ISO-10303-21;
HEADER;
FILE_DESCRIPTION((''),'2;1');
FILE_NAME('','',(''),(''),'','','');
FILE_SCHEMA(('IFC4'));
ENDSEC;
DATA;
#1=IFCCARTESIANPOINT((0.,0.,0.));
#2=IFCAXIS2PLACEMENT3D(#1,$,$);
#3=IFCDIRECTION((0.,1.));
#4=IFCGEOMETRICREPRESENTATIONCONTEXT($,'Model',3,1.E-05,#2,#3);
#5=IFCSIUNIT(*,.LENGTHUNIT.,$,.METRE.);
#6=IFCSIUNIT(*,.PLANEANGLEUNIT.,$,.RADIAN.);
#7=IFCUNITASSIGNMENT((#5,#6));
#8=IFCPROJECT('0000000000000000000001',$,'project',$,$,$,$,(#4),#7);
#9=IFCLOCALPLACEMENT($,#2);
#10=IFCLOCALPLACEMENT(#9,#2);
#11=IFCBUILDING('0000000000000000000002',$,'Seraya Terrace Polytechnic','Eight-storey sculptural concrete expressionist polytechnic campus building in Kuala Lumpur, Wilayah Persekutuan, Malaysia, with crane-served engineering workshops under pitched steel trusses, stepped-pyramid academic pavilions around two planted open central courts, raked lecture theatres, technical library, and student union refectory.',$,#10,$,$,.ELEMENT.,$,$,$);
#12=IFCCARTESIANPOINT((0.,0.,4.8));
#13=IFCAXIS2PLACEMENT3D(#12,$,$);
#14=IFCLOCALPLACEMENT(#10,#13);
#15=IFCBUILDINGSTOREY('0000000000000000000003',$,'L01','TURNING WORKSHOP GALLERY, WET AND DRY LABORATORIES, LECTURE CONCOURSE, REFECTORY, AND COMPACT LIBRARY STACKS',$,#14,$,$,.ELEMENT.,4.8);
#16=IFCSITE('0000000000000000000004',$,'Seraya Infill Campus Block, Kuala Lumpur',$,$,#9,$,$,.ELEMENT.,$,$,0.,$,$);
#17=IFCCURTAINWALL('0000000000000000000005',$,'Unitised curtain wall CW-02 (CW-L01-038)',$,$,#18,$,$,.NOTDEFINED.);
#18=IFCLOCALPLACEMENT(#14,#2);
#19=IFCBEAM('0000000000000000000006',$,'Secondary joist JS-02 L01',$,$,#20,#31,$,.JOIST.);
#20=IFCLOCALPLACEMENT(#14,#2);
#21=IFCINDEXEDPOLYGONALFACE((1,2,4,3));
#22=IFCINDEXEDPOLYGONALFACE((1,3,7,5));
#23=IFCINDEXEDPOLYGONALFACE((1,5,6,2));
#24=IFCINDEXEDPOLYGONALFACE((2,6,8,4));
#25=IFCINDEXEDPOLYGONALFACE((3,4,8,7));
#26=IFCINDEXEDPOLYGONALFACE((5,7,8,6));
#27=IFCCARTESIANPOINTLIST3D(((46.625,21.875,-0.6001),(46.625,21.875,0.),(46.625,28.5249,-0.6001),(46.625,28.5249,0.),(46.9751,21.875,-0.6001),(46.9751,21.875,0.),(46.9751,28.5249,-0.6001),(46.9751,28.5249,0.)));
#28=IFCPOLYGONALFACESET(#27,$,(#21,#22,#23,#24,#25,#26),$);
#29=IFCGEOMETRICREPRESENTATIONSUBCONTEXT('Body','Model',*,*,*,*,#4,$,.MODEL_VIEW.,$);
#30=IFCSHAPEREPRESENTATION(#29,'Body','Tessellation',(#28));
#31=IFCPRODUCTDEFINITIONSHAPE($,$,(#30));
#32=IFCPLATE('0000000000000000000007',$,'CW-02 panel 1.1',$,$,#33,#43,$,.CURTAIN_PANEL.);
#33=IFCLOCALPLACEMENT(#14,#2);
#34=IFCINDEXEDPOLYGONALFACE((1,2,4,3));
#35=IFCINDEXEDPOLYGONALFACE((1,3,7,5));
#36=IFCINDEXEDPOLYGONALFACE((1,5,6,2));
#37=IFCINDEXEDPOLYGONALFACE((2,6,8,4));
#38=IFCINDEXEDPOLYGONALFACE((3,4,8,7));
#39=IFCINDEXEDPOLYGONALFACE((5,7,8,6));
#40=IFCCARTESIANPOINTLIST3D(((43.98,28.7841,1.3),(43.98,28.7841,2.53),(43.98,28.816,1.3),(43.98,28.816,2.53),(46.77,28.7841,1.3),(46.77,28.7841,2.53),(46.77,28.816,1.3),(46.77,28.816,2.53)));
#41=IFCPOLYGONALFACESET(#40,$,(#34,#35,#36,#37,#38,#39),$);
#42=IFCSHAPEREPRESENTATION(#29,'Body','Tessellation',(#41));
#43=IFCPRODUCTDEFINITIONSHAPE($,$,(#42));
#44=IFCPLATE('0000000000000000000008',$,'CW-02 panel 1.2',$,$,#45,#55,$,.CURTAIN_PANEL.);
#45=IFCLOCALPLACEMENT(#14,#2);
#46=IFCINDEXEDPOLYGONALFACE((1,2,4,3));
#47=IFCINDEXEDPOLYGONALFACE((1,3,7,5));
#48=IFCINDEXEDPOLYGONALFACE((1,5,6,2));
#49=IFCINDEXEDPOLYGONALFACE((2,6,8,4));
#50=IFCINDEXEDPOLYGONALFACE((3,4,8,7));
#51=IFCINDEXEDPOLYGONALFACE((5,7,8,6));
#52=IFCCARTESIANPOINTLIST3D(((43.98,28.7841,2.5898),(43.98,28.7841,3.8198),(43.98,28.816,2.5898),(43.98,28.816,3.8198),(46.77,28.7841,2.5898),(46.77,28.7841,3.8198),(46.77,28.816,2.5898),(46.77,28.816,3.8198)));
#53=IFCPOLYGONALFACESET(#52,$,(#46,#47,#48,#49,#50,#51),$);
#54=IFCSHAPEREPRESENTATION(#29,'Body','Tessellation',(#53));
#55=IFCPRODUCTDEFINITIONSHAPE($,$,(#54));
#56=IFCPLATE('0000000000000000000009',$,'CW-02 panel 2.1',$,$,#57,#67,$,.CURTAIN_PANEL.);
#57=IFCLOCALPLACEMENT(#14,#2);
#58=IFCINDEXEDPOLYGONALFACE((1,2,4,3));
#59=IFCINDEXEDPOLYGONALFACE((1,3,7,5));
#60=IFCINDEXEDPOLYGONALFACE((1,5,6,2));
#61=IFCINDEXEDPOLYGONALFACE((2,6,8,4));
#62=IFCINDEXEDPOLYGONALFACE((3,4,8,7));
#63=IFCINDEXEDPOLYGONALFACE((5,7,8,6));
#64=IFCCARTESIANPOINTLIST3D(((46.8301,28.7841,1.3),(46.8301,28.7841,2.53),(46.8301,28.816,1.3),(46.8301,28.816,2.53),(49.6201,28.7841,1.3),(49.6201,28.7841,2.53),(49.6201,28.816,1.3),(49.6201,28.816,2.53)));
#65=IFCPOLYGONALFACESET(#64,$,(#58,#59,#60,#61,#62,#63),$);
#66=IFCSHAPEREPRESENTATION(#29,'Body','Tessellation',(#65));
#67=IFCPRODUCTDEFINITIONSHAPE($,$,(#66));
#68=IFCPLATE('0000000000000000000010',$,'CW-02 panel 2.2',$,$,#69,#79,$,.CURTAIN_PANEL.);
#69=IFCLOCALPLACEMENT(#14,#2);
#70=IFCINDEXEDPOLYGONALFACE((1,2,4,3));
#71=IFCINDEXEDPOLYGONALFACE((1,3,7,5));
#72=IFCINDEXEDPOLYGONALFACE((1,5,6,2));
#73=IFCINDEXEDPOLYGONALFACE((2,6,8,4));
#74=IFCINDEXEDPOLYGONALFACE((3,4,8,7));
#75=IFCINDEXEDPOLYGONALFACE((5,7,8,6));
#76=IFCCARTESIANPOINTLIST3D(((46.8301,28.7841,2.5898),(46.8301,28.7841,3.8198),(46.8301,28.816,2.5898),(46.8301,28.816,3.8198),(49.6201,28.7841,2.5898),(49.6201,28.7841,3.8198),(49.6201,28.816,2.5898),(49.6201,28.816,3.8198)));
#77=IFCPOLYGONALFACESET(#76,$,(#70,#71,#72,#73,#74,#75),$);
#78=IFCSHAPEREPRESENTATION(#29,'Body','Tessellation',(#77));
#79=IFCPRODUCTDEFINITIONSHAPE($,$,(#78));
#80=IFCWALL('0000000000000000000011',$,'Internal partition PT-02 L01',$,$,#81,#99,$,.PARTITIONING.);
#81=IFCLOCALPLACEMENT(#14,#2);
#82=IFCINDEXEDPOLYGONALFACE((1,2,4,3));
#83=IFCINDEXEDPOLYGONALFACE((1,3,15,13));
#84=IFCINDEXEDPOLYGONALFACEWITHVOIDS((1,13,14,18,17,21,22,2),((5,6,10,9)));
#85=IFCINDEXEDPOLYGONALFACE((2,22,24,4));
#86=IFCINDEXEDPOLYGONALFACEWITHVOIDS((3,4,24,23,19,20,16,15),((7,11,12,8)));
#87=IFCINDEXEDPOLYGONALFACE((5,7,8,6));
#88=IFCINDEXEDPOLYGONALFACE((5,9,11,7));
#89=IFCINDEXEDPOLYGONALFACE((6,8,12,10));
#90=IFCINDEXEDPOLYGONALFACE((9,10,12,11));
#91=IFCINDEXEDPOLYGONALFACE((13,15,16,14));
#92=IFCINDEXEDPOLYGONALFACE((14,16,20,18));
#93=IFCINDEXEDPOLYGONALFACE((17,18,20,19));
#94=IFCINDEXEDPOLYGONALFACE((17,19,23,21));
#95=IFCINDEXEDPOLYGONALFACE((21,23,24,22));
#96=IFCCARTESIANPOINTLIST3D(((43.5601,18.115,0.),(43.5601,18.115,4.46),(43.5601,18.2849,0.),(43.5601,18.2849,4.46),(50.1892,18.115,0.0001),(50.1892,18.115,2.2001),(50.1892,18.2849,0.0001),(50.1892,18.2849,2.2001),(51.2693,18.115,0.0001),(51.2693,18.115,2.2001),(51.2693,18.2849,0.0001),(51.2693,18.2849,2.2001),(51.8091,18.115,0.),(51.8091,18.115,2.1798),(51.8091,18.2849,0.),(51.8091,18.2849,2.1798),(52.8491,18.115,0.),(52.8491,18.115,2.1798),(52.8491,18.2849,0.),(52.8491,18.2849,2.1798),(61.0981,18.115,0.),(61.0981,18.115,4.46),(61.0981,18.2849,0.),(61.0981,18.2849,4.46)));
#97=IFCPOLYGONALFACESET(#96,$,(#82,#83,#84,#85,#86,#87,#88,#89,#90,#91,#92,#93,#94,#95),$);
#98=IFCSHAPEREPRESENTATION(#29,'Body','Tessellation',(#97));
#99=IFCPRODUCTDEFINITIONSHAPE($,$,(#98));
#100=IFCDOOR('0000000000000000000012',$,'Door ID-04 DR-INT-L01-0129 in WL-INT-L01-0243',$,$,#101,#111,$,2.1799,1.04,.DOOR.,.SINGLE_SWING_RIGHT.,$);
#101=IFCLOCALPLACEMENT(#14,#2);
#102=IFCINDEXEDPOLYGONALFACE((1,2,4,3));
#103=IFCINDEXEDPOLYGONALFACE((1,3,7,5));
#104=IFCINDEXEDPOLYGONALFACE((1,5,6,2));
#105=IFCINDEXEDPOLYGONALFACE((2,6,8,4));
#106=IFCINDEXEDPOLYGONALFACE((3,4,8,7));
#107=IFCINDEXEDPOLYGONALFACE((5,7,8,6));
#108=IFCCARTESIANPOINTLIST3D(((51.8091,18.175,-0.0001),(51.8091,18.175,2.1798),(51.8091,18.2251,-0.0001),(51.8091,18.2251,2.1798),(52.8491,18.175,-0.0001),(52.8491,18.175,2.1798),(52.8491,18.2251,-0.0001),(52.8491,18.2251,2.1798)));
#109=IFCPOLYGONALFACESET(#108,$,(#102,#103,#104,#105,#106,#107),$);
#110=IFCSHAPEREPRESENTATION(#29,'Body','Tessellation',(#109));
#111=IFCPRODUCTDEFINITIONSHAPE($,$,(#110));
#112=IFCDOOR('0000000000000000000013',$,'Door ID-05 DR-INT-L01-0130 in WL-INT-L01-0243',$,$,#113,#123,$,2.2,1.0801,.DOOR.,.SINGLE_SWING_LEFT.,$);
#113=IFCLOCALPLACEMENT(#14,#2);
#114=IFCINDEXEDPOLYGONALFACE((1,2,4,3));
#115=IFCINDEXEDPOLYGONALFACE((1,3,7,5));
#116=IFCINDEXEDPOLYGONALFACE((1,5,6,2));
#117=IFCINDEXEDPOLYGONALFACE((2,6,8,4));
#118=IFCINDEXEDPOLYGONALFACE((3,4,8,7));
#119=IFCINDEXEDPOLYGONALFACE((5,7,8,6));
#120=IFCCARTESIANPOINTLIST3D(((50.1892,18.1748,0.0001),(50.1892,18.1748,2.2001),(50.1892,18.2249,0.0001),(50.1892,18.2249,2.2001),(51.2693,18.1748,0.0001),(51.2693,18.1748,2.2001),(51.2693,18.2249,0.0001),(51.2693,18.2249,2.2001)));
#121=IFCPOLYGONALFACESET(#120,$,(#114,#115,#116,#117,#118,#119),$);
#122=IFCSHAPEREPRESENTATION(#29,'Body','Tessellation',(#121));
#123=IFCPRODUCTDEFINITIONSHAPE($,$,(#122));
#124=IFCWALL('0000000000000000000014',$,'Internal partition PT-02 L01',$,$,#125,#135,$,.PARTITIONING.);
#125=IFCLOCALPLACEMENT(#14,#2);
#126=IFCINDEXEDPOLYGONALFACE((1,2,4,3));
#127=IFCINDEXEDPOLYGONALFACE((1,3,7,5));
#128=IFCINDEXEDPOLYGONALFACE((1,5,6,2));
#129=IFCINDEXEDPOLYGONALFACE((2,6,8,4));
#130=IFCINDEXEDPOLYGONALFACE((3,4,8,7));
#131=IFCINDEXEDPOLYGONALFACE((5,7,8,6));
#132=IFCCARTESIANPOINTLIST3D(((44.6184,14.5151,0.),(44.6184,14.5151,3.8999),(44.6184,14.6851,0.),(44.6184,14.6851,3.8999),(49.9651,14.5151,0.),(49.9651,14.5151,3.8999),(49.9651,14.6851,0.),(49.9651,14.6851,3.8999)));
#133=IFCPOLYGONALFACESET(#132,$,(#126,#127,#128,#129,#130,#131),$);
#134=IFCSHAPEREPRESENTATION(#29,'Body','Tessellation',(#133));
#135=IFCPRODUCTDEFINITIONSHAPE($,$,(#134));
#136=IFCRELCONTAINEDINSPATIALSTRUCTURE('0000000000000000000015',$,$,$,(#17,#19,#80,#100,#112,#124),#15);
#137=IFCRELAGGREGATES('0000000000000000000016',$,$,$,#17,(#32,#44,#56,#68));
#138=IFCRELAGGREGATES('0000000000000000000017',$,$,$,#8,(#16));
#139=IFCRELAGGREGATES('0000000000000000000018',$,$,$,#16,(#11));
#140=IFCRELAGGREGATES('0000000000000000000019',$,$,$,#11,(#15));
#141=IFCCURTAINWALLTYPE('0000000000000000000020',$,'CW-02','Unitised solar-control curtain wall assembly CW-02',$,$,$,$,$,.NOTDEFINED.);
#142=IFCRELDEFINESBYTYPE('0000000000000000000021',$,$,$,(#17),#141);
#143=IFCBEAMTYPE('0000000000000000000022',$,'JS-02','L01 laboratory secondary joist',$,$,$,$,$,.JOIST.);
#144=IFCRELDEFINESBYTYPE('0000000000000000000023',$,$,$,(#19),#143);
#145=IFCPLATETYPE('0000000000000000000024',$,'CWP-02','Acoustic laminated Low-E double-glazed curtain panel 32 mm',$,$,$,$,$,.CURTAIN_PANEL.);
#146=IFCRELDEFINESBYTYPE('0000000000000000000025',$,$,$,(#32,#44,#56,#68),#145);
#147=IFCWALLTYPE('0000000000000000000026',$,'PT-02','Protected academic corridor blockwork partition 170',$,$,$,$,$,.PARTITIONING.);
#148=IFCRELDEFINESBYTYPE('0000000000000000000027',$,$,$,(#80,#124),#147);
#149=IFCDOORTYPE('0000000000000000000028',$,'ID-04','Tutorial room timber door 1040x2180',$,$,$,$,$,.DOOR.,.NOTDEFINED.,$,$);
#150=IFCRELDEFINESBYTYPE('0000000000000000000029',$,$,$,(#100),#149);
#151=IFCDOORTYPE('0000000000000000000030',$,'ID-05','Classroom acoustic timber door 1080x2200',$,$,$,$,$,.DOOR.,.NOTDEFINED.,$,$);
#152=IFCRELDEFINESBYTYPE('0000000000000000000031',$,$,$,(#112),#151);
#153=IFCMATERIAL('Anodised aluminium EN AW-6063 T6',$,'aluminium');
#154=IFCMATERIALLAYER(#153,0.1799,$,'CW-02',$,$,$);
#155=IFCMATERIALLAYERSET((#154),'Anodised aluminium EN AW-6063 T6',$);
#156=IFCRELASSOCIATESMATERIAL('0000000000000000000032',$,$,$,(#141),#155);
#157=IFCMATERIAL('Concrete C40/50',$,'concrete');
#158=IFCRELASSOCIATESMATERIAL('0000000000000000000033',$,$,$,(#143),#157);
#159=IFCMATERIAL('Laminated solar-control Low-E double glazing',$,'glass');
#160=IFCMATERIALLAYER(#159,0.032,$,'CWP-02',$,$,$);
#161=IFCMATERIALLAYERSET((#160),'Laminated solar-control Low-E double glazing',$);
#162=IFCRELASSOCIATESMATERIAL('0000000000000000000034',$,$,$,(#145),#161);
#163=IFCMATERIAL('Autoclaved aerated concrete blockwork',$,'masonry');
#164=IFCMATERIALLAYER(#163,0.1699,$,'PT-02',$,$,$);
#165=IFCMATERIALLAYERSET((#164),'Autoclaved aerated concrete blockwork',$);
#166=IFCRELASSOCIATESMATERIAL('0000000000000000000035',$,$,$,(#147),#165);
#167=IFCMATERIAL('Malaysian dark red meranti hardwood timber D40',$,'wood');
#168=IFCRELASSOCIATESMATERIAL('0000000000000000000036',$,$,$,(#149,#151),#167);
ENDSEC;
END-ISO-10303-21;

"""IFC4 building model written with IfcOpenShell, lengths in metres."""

from ifc_helpers import new_model, si_unit, direction, frame, frame_2d, origin, origin_2d, place, context, subcontext, project, spatial, rectangle, extrude, material, layer, layer_set, material_profile, profile_set, type_object, element, fill, aggregate, save


model = new_model("IFC4")

# Units and contexts
model_context = context("Model", 3, precision=1e-05, world=origin(), true_north=direction((0.0, 1.0)))
body_context = subcontext(model_context, "Body", "Model", "MODEL_VIEW")
ifc_project = project(units=[si_unit("LENGTHUNIT", "METRE"), si_unit("PLANEANGLEUNIT", "RADIAN")], contexts=[model_context])

# Site, building, storey
site_placement = place(None, origin())
site = spatial("IfcSite", under=ifc_project, at=site_placement, Name="Seraya Infill Campus Block, Kuala Lumpur", CompositionType="ELEMENT", RefElevation=0.0)
building_placement = place(site_placement, origin())
building = spatial("IfcBuilding", under=site, at=building_placement, Name="Seraya Terrace Polytechnic", Description="Eight-storey sculptural concrete expressionist polytechnic campus building in Kuala Lumpur, Wilayah Persekutuan, Malaysia, with crane-served engineering workshops under pitched steel trusses, stepped-pyramid academic pavilions around two planted open central courts, raked lecture theatres, technical library, and student union refectory.", CompositionType="ELEMENT")
storey_placement = place(building_placement, frame((0.0, 0.0, 4.8)))
storey = spatial("IfcBuildingStorey", under=building, at=storey_placement, Name="L01", Description="TURNING WORKSHOP GALLERY, WET AND DRY LABORATORIES, LECTURE CONCOURSE, REFECTORY, AND COMPACT LIBRARY STACKS", CompositionType="ELEMENT", Elevation=4.8)

# Shared definitions
ifc_material_1 = material(Name="Concrete C40/50", Category="concrete")

# Curtain wall
ifc_material_2 = material(Name="Anodised aluminium EN AW-6063 T6", Category="aluminium")
ifc_layer_1 = layer(ifc_material_2, 0.1799, Name="CW-02")
ifc_layer_set_1 = layer_set([ifc_layer_1], Name="Anodised aluminium EN AW-6063 T6")
curtain_wall_type = type_object("IfcCurtainWallType", Name="CW-02", Description="Unitised solar-control curtain wall assembly CW-02", PredefinedType="NOTDEFINED", material=ifc_layer_set_1)
curtain_wall_placement = place(storey_placement, origin())
curtain_wall = element("IfcCurtainWall", 1, at=curtain_wall_placement, inside=storey, type_object=curtain_wall_type, Name="Unitised curtain wall CW-02 (CW-L01-038)", PredefinedType="NOTDEFINED")

# Beam
ifc_material_profile_1 = material_profile(ifc_material_1, rectangle(XDim=0.3501, YDim=0.6001, at=origin_2d()), Name="RC 350x600")
ifc_profile_set_1 = profile_set([ifc_material_profile_1], Name="Concrete C40/50")
beam_type = type_object("IfcBeamType", Name="JS-02", Description="L01 laboratory secondary joist", PredefinedType="JOIST", material=ifc_profile_set_1)
for number, where, z_axis, x_axis, name in (
    (2, (46.8, 21.875, -0.3), (0.0, 1.0, 0.0), (-1.0, 0.0, 0.0), "Secondary joist JS-02 L01"),
):
    element("IfcBeam", number, at=place(storey_placement, frame(where, z_axis=z_axis, x_axis=x_axis)), inside=storey, type_object=beam_type, Name=name, PredefinedType="JOIST", context=body_context, shape_type="SweptSolid", body=[
        extrude(rectangle(XDim=0.3501, YDim=0.6001, at=origin_2d()), origin(), (0.0, 0.0, 1.0), 6.6499),
    ])

# Plates
ifc_material_3 = material(Name="Laminated solar-control Low-E double glazing", Category="glass")
ifc_layer_2 = layer(ifc_material_3, 0.032, Name="CWP-02")
ifc_layer_set_2 = layer_set([ifc_layer_2], Name="Laminated solar-control Low-E double glazing")
plate_type = type_object("IfcPlateType", Name="CWP-02", Description="Acoustic laminated Low-E double-glazed curtain panel 32 mm", PredefinedType="CURTAIN_PANEL", material=ifc_layer_set_2)
plate_1_placement = place(storey_placement, frame((45.375, 28.8, 1.3), z_axis=(0.0, 0.0, 1.0), x_axis=(1.0, 0.0, 0.0)))
plate_1 = element("IfcPlate", 3, at=plate_1_placement, type_object=plate_type, Name="CW-02 panel 1.1", PredefinedType="CURTAIN_PANEL", context=body_context, shape_type="SweptSolid", body=[
    extrude(rectangle(XDim=2.79, YDim=0.032, at=origin_2d()), origin(), (0.0, 0.0, 1.0), 1.23),
])
plate_2_placement = place(storey_placement, frame((45.375, 28.8, 2.5898), z_axis=(0.0, 0.0, 1.0), x_axis=(1.0, 0.0, 0.0)))
plate_2 = element("IfcPlate", 4, at=plate_2_placement, type_object=plate_type, Name="CW-02 panel 1.2", PredefinedType="CURTAIN_PANEL", context=body_context, shape_type="SweptSolid", body=[
    extrude(rectangle(XDim=2.79, YDim=0.032, at=origin_2d()), origin(), (0.0, 0.0, 1.0), 1.23),
])
plate_3_placement = place(storey_placement, frame((48.2251, 28.8, 1.3), z_axis=(0.0, 0.0, 1.0), x_axis=(1.0, 0.0, 0.0)))
plate_3 = element("IfcPlate", 5, at=plate_3_placement, type_object=plate_type, Name="CW-02 panel 2.1", PredefinedType="CURTAIN_PANEL", context=body_context, shape_type="SweptSolid", body=[
    extrude(rectangle(XDim=2.79, YDim=0.032, at=origin_2d()), origin(), (0.0, 0.0, 1.0), 1.23),
])
plate_4_placement = place(storey_placement, frame((48.2251, 28.8, 2.5898), z_axis=(0.0, 0.0, 1.0), x_axis=(1.0, 0.0, 0.0)))
plate_4 = element("IfcPlate", 6, at=plate_4_placement, type_object=plate_type, Name="CW-02 panel 2.2", PredefinedType="CURTAIN_PANEL", context=body_context, shape_type="SweptSolid", body=[
    extrude(rectangle(XDim=2.79, YDim=0.032, at=origin_2d()), origin(), (0.0, 0.0, 1.0), 1.23),
])
aggregate(curtain_wall, [plate_1, plate_2, plate_3, plate_4])

# Wall, openings, doors
ifc_material_4 = material(Name="Autoclaved aerated concrete blockwork", Category="masonry")
ifc_layer_3 = layer(ifc_material_4, 0.1699, Name="PT-02")
ifc_layer_set_3 = layer_set([ifc_layer_3], Name="Autoclaved aerated concrete blockwork")
wall_type = type_object("IfcWallType", Name="PT-02", Description="Protected academic corridor blockwork partition 170", PredefinedType="PARTITIONING", material=ifc_layer_set_3)
wall_1_placement = place(storey_placement, frame((43.5601, 18.2, 0.0), z_axis=(0.0, 0.0, 1.0), x_axis=(1.0, 0.0, 0.0)))
wall_1 = element("IfcWall", 7, at=wall_1_placement, inside=storey, type_object=wall_type, Name="Internal partition PT-02 L01", PredefinedType="PARTITIONING", context=body_context, shape_type="SweptSolid", body=[
    extrude(rectangle(XDim=17.5381, YDim=0.1699, at=frame_2d((8.769, 0.0))), origin(), (0.0, 0.0, 1.0), 4.46),
])
opening_1_placement = place(wall_1_placement, frame((8.249, 0.0, 0.0)))
opening_1 = element("IfcOpeningElement", 8, at=opening_1_placement, cuts=wall_1, PredefinedType="OPENING", context=body_context, shape_type="SweptSolid", body=[
    extrude(rectangle(XDim=1.04, YDim=2.1799, at=frame_2d((0.52, 1.0898))), frame((0.0, 0.0969, 0.0), z_axis=(0.0, -1.0, 0.0), x_axis=(1.0, 0.0, 0.0)), (0.0, 0.0, 1.0), 0.1938),
])
opening_2_placement = place(wall_1_placement, frame((6.6292, 0.0, 0.0)))
opening_2 = element("IfcOpeningElement", 9, at=opening_2_placement, cuts=wall_1, PredefinedType="OPENING", context=body_context, shape_type="SweptSolid", body=[
    extrude(rectangle(XDim=1.0801, YDim=2.2, at=frame_2d((0.54, 1.1001))), frame((0.0, 0.0969, 0.0), z_axis=(0.0, -1.0, 0.0), x_axis=(1.0, 0.0, 0.0)), (0.0, 0.0, 1.0), 0.1938),
])
ifc_material_5 = material(Name="Malaysian dark red meranti hardwood timber D40", Category="wood")
door_type_1 = type_object("IfcDoorType", Name="ID-04", Description="Tutorial room timber door 1040x2180", OperationType="NOTDEFINED", PredefinedType="DOOR", material=ifc_material_5)
door_1_placement = place(opening_1_placement, frame((1.04, 0.0, 0.0), z_axis=(0.0, 0.0, 1.0), x_axis=(-1.0, 0.0, 0.0)))
door_1 = element("IfcDoor", 10, at=door_1_placement, inside=storey, type_object=door_type_1, Name="Door ID-04 DR-INT-L01-0129 in WL-INT-L01-0243", OperationType="SINGLE_SWING_RIGHT", OverallHeight=2.1799, OverallWidth=1.04, PredefinedType="DOOR", context=body_context, shape_type="SweptSolid", body=[
    extrude(rectangle(XDim=1.04, YDim=2.1799, at=frame_2d((0.52, 1.0898))), frame((0.0, 0.0249, 0.0), z_axis=(0.0, -1.0, 0.0), x_axis=(1.0, 0.0, 0.0)), (0.0, 0.0, 1.0), 0.05),
])
fill(opening_1, door_1)
door_type_2 = type_object("IfcDoorType", Name="ID-05", Description="Classroom acoustic timber door 1080x2200", OperationType="NOTDEFINED", PredefinedType="DOOR", material=ifc_material_5)
door_2_placement = place(opening_2_placement, origin())
door_2 = element("IfcDoor", 11, at=door_2_placement, inside=storey, type_object=door_type_2, Name="Door ID-05 DR-INT-L01-0130 in WL-INT-L01-0243", OperationType="SINGLE_SWING_LEFT", OverallHeight=2.2, OverallWidth=1.0801, PredefinedType="DOOR", context=body_context, shape_type="SweptSolid", body=[
    extrude(rectangle(XDim=1.0801, YDim=2.2, at=frame_2d((0.54, 1.1001))), frame((0.0, 0.0249, 0.0), z_axis=(0.0, -1.0, 0.0), x_axis=(1.0, 0.0, 0.0)), (0.0, 0.0, 1.0), 0.05),
])
fill(opening_2, door_2)

# Wall
wall_2_placement = place(storey_placement, frame((44.6184, 14.6001, 0.0), z_axis=(0.0, 0.0, 1.0), x_axis=(1.0, 0.0, 0.0)))
element("IfcWall", 12, at=wall_2_placement, inside=storey, type_object=wall_type, Name="Internal partition PT-02 L01", PredefinedType="PARTITIONING", context=body_context, shape_type="SweptSolid", body=[
    extrude(rectangle(XDim=5.3467, YDim=0.1699, at=frame_2d((2.6733, 0.0))), origin(), (0.0, 0.0, 1.0), 3.8999),
])

save(model, "model.ifc")
